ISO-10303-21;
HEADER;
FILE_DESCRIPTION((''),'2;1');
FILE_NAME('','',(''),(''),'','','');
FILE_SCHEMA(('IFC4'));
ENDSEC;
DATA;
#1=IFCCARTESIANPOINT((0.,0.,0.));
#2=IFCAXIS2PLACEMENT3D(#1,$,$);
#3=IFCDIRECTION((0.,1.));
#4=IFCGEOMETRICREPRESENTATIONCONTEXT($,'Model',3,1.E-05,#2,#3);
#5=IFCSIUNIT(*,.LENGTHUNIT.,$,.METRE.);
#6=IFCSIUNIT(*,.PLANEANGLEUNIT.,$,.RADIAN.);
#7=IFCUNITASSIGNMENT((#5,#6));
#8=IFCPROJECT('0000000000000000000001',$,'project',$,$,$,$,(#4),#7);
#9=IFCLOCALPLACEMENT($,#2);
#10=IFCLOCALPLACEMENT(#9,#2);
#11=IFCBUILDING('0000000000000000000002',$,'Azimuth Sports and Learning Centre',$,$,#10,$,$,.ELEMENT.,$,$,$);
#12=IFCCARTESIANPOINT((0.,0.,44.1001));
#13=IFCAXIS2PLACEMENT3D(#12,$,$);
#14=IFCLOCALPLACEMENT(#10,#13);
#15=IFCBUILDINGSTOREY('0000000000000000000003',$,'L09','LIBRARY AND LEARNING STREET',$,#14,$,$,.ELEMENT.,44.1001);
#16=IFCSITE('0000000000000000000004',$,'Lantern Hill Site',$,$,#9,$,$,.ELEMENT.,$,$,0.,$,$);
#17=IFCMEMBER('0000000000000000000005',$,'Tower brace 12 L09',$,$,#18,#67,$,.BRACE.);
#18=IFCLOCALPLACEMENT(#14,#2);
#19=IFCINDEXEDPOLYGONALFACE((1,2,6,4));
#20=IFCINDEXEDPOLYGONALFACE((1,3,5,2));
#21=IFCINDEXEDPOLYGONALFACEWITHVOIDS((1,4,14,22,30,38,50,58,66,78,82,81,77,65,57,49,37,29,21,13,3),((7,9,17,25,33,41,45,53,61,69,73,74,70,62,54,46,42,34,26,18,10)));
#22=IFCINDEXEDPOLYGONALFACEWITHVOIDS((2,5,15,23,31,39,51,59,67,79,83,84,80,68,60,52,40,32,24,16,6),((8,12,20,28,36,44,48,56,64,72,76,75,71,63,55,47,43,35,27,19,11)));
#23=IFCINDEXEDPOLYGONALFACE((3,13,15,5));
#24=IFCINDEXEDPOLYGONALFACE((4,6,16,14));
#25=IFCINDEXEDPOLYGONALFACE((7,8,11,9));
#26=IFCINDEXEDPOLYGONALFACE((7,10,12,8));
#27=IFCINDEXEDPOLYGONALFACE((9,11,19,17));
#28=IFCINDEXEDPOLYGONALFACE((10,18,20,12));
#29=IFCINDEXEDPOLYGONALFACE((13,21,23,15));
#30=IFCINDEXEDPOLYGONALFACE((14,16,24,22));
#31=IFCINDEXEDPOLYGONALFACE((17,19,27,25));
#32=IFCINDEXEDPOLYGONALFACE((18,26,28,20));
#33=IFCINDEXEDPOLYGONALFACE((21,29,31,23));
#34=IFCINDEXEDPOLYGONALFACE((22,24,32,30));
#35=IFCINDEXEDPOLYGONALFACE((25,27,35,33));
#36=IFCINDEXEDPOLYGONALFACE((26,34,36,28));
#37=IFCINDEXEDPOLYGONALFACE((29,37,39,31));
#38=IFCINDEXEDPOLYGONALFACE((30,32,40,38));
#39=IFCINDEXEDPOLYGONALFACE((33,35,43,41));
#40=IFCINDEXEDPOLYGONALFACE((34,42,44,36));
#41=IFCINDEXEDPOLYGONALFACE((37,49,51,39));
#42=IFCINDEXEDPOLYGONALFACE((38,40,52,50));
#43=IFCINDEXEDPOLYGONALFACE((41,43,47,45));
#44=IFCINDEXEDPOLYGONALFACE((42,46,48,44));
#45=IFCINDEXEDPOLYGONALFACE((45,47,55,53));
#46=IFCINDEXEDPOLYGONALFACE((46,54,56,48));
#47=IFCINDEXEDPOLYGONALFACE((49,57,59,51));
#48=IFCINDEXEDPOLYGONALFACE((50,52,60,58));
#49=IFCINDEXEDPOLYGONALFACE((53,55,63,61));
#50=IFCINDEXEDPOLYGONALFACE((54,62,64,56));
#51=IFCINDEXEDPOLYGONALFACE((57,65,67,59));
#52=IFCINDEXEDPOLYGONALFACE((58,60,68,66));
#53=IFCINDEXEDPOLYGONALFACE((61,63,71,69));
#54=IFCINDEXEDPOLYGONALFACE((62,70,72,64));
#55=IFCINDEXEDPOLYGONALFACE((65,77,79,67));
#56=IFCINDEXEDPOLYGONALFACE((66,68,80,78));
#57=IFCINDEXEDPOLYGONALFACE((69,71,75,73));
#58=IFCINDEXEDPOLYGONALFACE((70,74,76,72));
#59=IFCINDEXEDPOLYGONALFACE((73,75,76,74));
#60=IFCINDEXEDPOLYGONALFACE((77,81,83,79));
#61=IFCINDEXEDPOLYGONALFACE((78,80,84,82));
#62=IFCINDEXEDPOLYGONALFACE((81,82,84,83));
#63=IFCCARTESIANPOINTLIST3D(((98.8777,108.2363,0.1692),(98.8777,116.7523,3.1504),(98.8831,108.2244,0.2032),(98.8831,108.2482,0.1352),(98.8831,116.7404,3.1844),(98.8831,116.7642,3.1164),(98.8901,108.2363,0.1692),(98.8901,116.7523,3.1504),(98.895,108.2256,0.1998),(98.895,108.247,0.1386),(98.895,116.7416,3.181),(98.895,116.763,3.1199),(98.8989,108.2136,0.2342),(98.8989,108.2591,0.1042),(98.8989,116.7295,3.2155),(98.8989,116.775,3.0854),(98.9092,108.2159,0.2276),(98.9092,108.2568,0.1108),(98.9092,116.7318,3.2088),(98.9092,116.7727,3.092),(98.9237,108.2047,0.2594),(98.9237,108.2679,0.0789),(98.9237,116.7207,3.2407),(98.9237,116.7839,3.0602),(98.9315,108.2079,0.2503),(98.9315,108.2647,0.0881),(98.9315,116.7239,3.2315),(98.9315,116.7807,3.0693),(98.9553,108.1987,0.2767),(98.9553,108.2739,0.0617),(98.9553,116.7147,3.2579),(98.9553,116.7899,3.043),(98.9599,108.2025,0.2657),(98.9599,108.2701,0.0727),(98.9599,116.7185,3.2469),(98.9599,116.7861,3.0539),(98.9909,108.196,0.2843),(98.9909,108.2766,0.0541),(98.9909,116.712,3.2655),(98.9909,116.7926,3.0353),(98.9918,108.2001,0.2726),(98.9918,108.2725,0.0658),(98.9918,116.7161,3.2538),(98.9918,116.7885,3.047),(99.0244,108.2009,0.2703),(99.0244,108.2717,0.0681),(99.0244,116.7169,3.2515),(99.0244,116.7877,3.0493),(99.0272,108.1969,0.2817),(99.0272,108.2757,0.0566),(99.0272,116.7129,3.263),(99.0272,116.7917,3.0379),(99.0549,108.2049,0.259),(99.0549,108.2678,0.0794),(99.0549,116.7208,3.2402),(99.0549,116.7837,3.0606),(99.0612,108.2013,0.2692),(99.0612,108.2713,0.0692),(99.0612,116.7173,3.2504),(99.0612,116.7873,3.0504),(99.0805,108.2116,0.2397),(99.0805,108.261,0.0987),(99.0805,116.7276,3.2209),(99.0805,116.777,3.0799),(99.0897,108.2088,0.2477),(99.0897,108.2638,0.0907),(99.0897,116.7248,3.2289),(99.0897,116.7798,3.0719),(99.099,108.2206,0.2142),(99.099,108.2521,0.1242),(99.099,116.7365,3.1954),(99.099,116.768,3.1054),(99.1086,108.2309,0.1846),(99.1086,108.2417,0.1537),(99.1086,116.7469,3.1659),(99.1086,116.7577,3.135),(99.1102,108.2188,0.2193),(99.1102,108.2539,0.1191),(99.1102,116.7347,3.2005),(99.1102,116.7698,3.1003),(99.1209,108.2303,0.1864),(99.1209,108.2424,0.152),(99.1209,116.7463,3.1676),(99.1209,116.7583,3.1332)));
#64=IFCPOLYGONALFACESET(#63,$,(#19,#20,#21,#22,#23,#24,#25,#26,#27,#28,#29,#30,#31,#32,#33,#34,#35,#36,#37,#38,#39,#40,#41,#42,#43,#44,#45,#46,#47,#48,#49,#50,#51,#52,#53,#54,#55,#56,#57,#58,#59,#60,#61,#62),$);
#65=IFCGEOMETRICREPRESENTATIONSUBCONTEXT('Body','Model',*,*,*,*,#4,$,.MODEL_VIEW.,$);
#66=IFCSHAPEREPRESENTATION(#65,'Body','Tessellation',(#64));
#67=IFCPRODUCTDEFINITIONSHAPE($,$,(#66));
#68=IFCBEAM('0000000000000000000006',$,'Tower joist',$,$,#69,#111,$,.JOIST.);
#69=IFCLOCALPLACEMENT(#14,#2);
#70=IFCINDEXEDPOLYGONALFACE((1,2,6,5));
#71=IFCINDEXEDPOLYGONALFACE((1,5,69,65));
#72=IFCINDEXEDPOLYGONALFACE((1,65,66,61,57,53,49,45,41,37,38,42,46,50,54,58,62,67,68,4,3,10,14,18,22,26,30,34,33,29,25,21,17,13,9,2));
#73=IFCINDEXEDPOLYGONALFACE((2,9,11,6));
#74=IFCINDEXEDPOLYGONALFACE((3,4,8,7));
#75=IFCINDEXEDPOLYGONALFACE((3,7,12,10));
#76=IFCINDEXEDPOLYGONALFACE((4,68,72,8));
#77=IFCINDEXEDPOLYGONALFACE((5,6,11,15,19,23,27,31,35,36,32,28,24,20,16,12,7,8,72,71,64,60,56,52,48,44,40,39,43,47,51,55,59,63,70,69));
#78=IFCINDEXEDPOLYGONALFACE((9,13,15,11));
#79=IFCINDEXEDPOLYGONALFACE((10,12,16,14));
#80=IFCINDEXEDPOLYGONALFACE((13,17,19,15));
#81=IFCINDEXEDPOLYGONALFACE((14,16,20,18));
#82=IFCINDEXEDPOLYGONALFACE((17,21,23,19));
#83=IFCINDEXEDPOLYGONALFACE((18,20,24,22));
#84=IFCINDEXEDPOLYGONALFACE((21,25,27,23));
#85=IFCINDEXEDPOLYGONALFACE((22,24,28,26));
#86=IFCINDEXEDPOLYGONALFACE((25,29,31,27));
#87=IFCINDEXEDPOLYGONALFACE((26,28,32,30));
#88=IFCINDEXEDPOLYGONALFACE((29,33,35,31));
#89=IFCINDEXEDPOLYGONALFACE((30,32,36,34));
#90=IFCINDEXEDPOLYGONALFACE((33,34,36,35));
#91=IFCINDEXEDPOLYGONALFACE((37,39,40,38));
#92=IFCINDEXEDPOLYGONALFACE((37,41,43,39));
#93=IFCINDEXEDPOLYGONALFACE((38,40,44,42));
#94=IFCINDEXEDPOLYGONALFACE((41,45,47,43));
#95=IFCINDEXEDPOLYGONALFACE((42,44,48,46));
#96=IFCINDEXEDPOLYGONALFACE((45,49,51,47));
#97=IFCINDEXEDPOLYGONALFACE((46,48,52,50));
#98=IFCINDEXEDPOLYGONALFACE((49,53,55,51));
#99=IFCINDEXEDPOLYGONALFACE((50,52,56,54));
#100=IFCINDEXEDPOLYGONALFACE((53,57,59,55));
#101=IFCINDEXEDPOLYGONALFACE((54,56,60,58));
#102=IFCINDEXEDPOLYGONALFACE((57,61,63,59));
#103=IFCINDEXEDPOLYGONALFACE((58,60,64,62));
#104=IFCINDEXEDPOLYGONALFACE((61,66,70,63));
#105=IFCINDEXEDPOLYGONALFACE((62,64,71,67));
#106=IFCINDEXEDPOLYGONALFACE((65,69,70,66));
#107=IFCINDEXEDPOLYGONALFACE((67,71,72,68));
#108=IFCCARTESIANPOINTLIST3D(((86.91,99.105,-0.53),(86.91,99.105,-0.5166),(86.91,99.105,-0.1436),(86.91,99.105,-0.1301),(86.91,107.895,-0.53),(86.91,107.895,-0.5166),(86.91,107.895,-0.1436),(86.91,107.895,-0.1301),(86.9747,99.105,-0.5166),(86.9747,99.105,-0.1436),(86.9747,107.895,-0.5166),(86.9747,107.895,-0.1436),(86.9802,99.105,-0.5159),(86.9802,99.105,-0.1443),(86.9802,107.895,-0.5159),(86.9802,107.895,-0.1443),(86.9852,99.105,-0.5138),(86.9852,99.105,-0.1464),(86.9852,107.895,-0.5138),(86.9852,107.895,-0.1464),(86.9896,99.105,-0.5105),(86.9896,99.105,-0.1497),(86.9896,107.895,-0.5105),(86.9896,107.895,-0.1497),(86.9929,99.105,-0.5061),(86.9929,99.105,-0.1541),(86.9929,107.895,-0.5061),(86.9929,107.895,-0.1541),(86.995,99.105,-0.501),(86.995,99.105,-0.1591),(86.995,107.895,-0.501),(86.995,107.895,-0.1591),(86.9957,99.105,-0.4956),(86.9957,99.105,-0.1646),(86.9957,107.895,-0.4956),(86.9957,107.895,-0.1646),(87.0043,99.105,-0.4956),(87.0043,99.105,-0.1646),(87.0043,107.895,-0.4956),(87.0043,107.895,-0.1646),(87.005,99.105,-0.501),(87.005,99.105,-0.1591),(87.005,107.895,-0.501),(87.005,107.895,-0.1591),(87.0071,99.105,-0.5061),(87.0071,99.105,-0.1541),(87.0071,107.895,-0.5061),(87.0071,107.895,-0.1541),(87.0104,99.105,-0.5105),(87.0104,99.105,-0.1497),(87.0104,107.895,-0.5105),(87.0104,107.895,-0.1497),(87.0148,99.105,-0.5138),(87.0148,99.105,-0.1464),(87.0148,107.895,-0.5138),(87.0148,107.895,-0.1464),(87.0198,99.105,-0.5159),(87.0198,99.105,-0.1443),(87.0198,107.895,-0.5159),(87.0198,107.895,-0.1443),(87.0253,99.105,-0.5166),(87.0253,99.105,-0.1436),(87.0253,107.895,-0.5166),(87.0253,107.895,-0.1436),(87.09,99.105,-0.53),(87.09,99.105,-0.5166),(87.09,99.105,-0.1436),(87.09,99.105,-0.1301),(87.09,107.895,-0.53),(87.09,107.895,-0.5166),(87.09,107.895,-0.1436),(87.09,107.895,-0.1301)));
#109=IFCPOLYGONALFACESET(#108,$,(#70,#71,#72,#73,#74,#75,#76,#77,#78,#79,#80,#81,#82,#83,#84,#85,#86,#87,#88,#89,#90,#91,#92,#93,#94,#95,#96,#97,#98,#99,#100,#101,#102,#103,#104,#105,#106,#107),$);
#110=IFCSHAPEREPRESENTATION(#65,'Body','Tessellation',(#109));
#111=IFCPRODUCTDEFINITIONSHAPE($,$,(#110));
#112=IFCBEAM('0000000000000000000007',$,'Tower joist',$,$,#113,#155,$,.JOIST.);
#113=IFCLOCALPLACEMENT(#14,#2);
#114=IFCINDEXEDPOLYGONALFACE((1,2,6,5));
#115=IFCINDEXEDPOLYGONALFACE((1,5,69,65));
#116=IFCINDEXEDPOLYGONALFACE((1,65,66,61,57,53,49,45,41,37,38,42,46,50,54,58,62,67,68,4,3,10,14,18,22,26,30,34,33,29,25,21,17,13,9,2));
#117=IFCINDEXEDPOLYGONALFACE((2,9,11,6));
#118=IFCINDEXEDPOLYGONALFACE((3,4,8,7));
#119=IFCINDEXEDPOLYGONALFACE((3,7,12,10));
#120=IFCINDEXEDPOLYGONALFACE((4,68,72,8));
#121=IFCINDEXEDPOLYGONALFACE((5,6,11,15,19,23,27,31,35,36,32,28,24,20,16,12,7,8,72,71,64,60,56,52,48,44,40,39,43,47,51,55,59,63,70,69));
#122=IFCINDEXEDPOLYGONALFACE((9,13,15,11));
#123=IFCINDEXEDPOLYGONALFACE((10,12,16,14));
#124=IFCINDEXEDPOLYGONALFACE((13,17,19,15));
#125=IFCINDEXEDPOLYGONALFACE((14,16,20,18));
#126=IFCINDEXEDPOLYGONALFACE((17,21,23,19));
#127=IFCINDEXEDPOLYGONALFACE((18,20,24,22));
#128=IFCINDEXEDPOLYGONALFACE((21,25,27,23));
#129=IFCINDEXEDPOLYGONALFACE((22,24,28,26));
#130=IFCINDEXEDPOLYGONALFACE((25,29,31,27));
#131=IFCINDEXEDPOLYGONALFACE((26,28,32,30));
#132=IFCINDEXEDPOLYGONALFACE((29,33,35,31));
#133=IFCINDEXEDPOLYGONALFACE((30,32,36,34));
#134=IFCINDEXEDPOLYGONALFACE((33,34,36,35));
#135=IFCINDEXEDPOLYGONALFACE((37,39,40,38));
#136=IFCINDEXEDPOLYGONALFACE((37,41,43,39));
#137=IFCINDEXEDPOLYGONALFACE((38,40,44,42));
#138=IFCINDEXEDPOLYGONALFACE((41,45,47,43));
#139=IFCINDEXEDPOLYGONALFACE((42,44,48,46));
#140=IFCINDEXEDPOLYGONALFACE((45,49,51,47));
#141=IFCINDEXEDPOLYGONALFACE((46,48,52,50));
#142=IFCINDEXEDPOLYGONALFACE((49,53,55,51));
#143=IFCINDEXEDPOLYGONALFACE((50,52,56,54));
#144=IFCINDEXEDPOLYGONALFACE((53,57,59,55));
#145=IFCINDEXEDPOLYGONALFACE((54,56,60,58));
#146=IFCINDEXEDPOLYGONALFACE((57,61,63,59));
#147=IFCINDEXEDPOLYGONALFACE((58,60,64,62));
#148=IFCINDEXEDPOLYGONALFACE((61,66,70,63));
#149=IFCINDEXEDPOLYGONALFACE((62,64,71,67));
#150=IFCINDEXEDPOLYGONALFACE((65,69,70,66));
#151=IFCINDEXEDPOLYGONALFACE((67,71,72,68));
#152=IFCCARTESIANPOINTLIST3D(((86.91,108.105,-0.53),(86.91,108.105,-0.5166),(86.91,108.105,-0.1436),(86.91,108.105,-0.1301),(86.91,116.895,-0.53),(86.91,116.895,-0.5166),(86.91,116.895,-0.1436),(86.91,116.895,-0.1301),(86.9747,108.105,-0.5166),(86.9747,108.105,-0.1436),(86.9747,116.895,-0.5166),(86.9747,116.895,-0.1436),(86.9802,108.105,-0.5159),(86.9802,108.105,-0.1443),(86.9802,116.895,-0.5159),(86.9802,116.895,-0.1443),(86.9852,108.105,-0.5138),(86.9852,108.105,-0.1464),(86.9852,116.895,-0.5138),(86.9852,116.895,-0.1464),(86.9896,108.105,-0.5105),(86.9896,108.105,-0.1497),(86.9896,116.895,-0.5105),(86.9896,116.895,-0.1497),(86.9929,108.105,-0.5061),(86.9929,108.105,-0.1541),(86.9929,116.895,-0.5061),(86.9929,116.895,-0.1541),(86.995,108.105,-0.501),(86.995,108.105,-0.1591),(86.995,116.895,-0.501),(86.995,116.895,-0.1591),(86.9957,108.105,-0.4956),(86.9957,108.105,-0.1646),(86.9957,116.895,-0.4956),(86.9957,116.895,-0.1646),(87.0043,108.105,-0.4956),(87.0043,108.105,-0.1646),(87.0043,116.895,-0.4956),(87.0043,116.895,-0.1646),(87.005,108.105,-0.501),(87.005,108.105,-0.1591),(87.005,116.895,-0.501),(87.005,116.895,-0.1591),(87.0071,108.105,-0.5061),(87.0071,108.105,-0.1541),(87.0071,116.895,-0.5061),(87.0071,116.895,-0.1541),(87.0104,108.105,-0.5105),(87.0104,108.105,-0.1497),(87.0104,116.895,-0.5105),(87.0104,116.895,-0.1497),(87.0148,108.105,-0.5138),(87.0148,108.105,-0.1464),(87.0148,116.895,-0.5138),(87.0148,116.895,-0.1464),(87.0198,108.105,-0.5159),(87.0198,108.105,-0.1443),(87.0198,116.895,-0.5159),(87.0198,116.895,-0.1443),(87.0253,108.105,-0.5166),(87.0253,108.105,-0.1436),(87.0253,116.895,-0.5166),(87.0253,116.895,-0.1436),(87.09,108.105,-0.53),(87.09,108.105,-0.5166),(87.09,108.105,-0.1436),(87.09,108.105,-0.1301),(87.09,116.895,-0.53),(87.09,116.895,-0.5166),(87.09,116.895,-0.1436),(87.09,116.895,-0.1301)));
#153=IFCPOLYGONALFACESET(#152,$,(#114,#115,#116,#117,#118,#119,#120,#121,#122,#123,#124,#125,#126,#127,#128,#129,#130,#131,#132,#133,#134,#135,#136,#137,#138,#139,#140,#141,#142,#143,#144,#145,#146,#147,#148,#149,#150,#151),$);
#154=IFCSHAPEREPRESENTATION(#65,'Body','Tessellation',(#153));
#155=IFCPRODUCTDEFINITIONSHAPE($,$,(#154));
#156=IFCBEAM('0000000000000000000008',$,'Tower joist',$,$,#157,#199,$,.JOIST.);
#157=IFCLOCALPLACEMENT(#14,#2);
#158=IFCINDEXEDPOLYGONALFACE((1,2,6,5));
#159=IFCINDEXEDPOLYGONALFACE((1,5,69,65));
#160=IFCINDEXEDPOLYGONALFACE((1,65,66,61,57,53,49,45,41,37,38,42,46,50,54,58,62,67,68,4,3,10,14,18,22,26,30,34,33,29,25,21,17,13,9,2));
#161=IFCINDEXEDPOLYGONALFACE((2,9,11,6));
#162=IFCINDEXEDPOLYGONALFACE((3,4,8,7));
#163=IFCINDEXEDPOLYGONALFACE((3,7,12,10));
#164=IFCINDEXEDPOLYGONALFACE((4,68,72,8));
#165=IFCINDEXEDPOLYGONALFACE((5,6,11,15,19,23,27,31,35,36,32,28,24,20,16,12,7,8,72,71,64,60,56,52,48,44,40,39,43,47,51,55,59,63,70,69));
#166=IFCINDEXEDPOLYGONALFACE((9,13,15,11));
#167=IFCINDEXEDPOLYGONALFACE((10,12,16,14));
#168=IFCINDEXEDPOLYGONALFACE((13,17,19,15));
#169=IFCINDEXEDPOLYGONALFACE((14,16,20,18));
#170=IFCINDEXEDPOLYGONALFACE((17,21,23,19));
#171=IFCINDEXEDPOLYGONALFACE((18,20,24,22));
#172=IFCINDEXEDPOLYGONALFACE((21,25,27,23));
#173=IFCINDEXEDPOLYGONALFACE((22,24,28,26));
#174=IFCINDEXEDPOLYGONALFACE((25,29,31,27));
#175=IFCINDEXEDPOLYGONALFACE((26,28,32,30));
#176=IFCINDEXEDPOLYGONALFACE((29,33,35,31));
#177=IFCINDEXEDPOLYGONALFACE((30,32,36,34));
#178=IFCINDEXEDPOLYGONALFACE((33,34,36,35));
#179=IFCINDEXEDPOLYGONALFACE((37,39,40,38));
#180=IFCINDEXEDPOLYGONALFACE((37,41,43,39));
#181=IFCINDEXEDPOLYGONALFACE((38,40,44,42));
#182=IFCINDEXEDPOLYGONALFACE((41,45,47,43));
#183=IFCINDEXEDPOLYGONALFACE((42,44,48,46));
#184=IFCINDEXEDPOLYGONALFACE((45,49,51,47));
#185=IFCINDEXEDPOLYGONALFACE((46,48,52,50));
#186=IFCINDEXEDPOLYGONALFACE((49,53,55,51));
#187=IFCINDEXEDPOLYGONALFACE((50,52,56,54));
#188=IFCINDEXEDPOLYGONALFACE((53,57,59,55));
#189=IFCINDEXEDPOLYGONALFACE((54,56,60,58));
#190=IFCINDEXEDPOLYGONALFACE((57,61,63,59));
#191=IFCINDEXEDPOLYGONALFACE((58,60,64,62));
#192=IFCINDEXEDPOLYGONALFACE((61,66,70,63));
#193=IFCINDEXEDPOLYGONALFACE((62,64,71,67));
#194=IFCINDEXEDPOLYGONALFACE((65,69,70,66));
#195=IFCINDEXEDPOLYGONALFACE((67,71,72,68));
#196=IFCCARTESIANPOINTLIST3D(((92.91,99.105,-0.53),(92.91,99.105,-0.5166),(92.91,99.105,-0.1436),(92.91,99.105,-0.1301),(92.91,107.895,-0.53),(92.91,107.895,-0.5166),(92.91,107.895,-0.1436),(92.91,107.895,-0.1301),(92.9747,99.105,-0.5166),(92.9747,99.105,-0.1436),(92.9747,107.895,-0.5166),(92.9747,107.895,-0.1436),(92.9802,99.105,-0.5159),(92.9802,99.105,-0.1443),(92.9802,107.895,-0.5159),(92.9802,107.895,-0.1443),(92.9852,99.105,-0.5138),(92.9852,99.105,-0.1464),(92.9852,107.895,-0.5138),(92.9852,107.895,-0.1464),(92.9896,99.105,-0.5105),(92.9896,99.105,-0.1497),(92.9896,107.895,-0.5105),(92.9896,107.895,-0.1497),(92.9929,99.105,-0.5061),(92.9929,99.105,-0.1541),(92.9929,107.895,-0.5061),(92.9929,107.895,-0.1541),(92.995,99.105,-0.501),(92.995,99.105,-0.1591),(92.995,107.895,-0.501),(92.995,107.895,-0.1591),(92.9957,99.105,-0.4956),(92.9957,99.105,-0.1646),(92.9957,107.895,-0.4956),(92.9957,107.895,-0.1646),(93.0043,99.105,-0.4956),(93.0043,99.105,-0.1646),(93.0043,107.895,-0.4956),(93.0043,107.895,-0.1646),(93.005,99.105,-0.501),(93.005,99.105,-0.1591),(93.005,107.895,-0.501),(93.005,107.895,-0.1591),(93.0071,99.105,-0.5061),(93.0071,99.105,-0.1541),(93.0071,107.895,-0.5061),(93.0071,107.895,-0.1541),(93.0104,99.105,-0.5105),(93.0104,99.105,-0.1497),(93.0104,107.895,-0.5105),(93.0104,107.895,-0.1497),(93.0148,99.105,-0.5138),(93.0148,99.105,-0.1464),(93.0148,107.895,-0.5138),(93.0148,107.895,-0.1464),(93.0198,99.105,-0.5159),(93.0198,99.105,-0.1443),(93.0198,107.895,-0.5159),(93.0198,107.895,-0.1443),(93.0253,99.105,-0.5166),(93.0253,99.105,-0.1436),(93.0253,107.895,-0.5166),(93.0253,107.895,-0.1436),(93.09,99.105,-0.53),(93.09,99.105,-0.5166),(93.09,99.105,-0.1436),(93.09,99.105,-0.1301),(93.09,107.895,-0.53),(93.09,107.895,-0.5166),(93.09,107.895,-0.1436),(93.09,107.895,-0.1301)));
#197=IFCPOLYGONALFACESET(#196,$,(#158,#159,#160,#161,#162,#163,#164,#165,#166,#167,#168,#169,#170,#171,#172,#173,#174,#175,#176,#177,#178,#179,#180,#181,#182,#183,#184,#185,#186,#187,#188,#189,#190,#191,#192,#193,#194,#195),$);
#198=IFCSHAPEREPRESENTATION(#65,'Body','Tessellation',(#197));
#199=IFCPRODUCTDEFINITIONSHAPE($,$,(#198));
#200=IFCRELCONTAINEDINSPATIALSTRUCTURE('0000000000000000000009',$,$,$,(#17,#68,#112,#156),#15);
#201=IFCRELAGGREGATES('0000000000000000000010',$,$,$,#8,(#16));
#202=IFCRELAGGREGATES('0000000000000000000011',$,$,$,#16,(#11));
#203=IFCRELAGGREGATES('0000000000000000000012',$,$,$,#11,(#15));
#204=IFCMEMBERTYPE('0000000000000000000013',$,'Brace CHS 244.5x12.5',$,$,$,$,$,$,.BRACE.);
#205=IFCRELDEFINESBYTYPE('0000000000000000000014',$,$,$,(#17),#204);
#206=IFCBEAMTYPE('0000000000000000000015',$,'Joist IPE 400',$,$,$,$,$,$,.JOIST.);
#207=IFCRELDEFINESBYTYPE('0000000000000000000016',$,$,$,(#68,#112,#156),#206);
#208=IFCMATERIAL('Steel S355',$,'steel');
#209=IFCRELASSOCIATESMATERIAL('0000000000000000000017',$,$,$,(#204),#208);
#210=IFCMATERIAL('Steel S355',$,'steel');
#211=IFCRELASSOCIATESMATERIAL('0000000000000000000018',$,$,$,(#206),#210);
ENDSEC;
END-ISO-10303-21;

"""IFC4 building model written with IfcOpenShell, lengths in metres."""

from ifc_helpers import new_model, si_unit, direction, frame, origin, origin_2d, place, context, subcontext, project, spatial, hollow_circle, i_section, extrude, material, material_profile, profile_set, type_object, element, save


model = new_model("IFC4")

# Units and contexts
model_context = context("Model", 3, precision=1e-05, world=origin(), true_north=direction((0.0, 1.0)))
body_context = subcontext(model_context, "Body", "Model", "MODEL_VIEW")
ifc_project = project(units=[si_unit("LENGTHUNIT", "METRE"), si_unit("PLANEANGLEUNIT", "RADIAN")], contexts=[model_context])

# Site, building, storey
site_placement = place(None, origin())
site = spatial("IfcSite", under=ifc_project, at=site_placement, Name="Lantern Hill Site", CompositionType="ELEMENT", RefElevation=0.0)
building_placement = place(site_placement, origin())
building = spatial("IfcBuilding", under=site, at=building_placement, Name="Azimuth Sports and Learning Centre", CompositionType="ELEMENT")
storey_placement = place(building_placement, frame((0.0, 0.0, 44.1001)))
storey = spatial("IfcBuildingStorey", under=building, at=storey_placement, Name="L09", Description="LIBRARY AND LEARNING STREET", CompositionType="ELEMENT", Elevation=44.1001)

# Member
ifc_material_1 = material(Name="Steel S355", Category="steel")
ifc_material_profile_1 = material_profile(ifc_material_1, hollow_circle(Radius=0.1223, WallThickness=0.0125, at=origin_2d()), Name="CHS 244.5x12.5")
ifc_profile_set_1 = profile_set([ifc_material_profile_1], Name="Steel S355")
member_type = type_object("IfcMemberType", Name="Brace CHS 244.5x12.5", PredefinedType="BRACE", material=ifc_profile_set_1)
member_placement = place(storey_placement, frame((99.0, 108.2363, 0.1692), z_axis=(0.0, 0.943836, 0.330414), x_axis=(-1.0, 0.0, 0.0)))
element("IfcMember", 1, at=member_placement, inside=storey, type_object=member_type, Name="Tower brace 12 L09", PredefinedType="BRACE", context=body_context, shape_type="SweptSolid", body=[
    extrude(hollow_circle(Radius=0.1223, WallThickness=0.0125, at=origin_2d()), origin(), (0.0, 0.0, 1.0), 9.0227),
])

# Beams
ifc_material_2 = material(Name="Steel S355", Category="steel")
ifc_material_profile_2 = material_profile(ifc_material_2, i_section(OverallWidth=0.1799, OverallDepth=0.3999, WebThickness=0.0085, FlangeThickness=0.0134, FilletRadius=0.021, at=origin_2d()), Name="IPE 400")
ifc_profile_set_2 = profile_set([ifc_material_profile_2], Name="Steel S355")
beam_type_1 = type_object("IfcBeamType", Name="Joist IPE 400", PredefinedType="JOIST", material=ifc_profile_set_2)
for number, where, z_axis, x_axis, name in (
    (2, (87.0, 99.105, -0.3301), (0.0, 1.0, 0.0), (-1.0, 0.0, 0.0), "Tower joist"),
    (3, (87.0, 108.105, -0.3301), (0.0, 1.0, 0.0), (-1.0, 0.0, 0.0), "Tower joist"),
    (4, (93.0, 99.105, -0.3301), (0.0, 1.0, 0.0), (-1.0, 0.0, 0.0), "Tower joist"),
):
    element("IfcBeam", number, at=place(storey_placement, frame(where, z_axis=z_axis, x_axis=x_axis)), inside=storey, type_object=beam_type_1, Name=name, PredefinedType="JOIST", context=body_context, shape_type="SweptSolid", body=[
        extrude(i_section(OverallWidth=0.1799, OverallDepth=0.3999, WebThickness=0.0085, FlangeThickness=0.0134, FilletRadius=0.021, at=origin_2d()), origin(), (0.0, 0.0, 1.0), 8.79),
    ])

save(model, "model.ifc")
